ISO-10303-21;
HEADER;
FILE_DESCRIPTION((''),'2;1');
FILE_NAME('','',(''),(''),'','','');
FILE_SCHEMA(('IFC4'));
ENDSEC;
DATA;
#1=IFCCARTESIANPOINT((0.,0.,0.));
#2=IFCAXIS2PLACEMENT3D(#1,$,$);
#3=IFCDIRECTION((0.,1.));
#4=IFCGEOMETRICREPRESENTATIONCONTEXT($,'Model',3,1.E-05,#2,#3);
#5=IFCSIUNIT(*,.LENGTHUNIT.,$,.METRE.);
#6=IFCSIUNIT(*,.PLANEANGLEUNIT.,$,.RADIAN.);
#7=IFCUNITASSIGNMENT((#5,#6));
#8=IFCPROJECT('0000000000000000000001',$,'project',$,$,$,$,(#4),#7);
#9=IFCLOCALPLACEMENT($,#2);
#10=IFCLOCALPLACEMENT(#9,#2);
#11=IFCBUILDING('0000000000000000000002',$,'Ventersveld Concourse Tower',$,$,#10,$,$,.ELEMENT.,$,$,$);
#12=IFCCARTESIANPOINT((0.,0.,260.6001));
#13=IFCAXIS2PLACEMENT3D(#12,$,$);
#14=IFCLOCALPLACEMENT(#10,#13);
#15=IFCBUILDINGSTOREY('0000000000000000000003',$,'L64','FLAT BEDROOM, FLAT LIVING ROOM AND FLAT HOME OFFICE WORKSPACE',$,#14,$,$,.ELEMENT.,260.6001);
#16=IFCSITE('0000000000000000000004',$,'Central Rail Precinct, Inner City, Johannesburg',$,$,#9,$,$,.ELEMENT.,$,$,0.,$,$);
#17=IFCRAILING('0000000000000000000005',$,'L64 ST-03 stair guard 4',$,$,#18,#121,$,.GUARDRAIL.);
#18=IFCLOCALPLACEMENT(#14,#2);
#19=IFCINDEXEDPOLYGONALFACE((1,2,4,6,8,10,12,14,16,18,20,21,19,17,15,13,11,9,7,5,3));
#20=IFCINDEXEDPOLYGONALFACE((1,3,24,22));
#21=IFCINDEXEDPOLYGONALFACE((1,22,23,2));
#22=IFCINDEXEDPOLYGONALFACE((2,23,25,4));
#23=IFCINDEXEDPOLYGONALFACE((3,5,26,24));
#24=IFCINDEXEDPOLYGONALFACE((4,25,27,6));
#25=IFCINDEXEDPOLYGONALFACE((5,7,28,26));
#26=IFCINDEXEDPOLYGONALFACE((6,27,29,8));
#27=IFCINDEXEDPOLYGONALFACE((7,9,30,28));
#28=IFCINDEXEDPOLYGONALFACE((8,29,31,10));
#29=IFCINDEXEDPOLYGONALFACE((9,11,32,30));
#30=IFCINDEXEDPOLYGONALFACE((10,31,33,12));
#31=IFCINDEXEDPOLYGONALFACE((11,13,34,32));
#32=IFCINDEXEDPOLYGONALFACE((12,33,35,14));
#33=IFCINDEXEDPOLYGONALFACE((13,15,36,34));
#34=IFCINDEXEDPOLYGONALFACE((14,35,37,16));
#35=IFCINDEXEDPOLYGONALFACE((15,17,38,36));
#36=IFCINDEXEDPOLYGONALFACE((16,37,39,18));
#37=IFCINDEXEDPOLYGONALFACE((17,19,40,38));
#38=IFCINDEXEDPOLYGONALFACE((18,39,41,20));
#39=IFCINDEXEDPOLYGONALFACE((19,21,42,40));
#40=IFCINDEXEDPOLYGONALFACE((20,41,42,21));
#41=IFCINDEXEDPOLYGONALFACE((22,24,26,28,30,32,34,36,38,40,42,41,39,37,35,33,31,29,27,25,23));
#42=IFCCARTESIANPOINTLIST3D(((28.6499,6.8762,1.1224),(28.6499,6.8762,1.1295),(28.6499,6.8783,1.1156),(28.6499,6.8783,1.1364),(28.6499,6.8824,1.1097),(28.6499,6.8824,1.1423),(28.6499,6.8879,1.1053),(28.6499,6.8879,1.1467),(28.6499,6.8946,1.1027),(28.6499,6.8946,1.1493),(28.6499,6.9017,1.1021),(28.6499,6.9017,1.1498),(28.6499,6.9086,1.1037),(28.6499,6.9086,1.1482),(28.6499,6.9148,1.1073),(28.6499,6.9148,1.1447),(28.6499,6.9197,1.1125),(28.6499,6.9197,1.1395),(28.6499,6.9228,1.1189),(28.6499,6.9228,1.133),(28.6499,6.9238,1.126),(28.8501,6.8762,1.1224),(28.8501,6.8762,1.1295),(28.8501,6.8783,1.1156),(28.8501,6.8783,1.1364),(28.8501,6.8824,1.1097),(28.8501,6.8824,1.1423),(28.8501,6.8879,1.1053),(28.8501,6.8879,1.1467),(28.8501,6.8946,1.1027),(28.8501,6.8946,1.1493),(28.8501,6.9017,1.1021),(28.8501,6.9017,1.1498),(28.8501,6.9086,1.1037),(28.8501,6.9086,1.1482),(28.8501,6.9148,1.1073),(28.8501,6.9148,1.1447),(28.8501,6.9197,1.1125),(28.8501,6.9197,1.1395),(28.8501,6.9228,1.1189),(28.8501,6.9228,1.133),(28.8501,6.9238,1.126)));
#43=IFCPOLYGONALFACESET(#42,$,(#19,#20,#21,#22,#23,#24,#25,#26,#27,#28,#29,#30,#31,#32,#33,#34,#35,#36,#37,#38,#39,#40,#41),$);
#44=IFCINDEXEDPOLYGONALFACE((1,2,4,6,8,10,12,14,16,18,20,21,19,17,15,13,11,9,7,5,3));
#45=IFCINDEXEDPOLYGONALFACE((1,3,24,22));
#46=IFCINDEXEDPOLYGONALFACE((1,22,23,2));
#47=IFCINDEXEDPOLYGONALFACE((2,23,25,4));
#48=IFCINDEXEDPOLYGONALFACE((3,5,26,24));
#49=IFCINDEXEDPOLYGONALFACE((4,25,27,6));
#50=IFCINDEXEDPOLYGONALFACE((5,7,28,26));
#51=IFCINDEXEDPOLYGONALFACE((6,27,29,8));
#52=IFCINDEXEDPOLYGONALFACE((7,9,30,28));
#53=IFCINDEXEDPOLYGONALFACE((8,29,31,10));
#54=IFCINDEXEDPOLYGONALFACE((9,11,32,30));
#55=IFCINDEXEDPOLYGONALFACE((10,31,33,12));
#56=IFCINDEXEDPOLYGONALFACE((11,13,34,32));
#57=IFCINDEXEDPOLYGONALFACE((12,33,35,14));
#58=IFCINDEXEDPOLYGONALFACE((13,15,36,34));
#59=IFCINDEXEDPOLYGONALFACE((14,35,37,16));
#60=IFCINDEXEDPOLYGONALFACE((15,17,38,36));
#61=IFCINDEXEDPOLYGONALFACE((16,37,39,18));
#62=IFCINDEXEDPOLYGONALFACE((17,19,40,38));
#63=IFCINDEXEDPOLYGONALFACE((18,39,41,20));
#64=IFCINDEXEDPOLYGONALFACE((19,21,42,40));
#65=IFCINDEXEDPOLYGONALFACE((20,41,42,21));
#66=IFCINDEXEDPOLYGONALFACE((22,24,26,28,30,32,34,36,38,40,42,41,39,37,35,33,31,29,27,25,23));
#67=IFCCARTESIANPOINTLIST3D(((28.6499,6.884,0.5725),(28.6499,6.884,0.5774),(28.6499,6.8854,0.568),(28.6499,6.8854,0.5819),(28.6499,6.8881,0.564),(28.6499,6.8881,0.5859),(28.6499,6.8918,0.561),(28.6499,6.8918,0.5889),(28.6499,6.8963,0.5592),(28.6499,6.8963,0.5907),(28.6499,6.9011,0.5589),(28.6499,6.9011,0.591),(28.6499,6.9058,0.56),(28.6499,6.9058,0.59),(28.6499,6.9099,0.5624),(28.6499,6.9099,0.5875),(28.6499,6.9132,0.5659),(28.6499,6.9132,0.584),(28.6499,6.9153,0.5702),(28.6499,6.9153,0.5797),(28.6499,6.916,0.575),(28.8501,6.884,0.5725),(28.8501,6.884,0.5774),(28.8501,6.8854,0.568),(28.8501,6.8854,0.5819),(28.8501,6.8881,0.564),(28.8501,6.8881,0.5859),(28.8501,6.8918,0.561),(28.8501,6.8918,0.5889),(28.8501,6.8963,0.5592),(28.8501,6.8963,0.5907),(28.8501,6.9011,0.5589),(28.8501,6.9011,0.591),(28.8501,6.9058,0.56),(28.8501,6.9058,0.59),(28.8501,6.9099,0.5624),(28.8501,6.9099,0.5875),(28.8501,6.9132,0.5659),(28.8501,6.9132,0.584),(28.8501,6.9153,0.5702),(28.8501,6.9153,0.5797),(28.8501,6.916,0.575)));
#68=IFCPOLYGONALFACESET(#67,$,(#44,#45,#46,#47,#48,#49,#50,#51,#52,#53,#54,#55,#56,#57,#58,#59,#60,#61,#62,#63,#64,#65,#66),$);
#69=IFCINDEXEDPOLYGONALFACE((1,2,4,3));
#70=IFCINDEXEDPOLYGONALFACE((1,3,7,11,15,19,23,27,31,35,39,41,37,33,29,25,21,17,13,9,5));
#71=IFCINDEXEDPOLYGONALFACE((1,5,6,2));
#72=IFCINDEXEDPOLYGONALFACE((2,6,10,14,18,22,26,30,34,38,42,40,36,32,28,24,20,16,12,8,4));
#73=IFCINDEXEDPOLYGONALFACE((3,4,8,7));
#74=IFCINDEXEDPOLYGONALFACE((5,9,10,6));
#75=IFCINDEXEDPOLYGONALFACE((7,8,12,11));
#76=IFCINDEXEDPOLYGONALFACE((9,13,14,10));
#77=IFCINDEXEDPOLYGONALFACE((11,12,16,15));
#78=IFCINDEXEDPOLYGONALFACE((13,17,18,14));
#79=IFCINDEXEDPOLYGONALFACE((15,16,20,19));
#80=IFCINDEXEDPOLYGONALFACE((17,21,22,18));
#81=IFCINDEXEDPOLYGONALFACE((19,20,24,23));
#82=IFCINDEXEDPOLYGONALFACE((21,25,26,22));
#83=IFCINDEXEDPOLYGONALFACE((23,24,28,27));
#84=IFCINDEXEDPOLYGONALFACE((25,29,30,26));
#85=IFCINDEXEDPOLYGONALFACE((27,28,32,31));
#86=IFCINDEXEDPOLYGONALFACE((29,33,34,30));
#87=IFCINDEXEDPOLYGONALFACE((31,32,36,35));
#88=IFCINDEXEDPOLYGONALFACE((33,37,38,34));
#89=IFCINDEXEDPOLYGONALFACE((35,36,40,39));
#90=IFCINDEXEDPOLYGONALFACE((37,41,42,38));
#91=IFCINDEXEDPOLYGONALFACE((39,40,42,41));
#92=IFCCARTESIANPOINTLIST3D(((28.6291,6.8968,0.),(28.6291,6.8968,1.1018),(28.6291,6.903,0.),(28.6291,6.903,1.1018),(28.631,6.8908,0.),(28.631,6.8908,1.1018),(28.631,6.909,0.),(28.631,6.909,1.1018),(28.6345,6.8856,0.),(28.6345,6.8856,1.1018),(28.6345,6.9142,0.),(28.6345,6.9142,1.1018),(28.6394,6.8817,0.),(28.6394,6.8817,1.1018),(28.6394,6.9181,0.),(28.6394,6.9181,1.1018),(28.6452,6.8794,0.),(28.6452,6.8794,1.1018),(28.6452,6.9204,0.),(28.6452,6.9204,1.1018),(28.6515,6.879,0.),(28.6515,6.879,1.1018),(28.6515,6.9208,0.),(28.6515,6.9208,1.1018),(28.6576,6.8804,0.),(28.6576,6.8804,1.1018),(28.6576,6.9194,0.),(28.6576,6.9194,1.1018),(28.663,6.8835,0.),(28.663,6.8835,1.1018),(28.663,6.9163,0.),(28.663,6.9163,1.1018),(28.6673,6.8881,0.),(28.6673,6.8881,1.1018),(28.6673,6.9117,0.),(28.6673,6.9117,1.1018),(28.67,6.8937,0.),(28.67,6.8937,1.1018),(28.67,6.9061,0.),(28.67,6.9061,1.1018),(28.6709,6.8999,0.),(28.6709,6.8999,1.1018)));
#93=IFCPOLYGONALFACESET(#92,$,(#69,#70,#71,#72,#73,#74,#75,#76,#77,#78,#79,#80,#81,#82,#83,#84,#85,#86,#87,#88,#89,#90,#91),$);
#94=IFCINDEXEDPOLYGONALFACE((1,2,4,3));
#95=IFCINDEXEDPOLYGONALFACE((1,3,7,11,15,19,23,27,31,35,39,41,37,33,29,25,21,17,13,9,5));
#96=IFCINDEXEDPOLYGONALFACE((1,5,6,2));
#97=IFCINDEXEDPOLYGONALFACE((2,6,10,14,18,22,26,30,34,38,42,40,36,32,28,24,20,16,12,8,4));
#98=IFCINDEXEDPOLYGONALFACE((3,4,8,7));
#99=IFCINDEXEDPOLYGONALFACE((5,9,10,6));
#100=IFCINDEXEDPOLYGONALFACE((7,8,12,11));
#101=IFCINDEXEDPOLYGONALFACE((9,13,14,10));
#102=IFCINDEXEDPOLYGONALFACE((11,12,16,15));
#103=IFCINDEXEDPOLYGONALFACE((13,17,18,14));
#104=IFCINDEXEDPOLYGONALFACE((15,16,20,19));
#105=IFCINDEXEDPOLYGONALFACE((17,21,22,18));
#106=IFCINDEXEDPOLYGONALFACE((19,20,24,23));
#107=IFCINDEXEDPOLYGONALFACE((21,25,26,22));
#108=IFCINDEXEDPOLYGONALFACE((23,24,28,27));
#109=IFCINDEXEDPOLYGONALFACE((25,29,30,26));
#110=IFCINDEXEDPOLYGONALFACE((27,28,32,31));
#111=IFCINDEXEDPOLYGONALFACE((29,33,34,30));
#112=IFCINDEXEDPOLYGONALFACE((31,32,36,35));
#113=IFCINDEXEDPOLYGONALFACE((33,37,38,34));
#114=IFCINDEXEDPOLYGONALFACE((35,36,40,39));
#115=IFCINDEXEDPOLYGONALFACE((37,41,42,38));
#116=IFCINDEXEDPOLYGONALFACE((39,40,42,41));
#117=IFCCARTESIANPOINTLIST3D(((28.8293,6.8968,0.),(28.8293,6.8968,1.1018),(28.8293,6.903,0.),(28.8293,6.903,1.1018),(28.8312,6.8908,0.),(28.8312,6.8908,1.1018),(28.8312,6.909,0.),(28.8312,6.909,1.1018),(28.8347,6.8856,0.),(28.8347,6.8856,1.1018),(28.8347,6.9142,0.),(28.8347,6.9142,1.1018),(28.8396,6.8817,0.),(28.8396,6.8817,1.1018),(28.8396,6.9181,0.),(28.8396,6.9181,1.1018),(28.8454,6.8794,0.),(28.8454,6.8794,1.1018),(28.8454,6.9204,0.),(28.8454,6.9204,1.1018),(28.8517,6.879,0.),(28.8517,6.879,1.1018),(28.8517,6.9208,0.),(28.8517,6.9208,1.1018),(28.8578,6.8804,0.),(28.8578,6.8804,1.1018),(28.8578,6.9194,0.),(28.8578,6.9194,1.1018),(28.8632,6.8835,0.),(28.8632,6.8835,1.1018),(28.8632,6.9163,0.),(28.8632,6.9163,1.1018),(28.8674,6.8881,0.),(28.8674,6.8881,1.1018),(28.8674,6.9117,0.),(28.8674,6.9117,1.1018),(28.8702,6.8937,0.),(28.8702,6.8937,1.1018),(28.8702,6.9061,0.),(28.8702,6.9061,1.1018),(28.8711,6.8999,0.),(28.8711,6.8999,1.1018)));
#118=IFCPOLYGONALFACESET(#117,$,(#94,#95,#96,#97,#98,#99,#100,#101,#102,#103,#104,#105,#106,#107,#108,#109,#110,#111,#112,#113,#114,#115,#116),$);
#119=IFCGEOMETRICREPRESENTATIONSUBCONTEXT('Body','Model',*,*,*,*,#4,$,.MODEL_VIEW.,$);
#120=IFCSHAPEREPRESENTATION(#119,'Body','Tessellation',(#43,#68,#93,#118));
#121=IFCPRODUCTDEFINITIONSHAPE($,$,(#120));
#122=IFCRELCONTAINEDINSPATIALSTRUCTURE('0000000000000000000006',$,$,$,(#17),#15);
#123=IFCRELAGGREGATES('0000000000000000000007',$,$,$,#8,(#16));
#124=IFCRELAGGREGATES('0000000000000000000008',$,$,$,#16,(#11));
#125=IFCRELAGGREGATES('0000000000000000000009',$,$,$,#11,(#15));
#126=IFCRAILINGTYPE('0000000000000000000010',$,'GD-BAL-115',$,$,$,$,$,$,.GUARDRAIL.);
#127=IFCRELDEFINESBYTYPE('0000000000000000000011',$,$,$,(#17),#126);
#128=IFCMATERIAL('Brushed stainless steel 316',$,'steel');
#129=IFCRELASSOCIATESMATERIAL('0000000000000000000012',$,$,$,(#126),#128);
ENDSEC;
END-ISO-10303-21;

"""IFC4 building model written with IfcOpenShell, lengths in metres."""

from ifc_helpers import new_model, si_unit, direction, frame, origin, origin_2d, place, context, subcontext, project, spatial, circle, extrude, material, type_object, element, save


model = new_model("IFC4")

# Units and contexts
model_context = context("Model", 3, precision=1e-05, world=origin(), true_north=direction((0.0, 1.0)))
body_context = subcontext(model_context, "Body", "Model", "MODEL_VIEW")
ifc_project = project(units=[si_unit("LENGTHUNIT", "METRE"), si_unit("PLANEANGLEUNIT", "RADIAN")], contexts=[model_context])

# Site, building, storey
site_placement = place(None, origin())
site = spatial("IfcSite", under=ifc_project, at=site_placement, Name="Central Rail Precinct, Inner City, Johannesburg", CompositionType="ELEMENT", RefElevation=0.0)
building_placement = place(site_placement, origin())
building = spatial("IfcBuilding", under=site, at=building_placement, Name="Ventersveld Concourse Tower", CompositionType="ELEMENT")
storey_placement = place(building_placement, frame((0.0, 0.0, 260.6001)))
storey = spatial("IfcBuildingStorey", under=building, at=storey_placement, Name="L64", Description="FLAT BEDROOM, FLAT LIVING ROOM AND FLAT HOME OFFICE WORKSPACE", CompositionType="ELEMENT", Elevation=260.6001)

# Railing
ifc_material_1 = material(Name="Brushed stainless steel 316", Category="steel")
railing_type_1 = type_object("IfcRailingType", Name="GD-BAL-115", PredefinedType="GUARDRAIL", material=ifc_material_1)
railing_1_placement = place(storey_placement, frame((28.6499, 6.8999, 0.0)))
element("IfcRailing", 1, at=railing_1_placement, inside=storey, type_object=railing_type_1, Name="L64 ST-03 stair guard 4", PredefinedType="GUARDRAIL", context=body_context, shape_type="SweptSolid", body=[
    extrude(circle(Radius=0.0239, at=origin_2d()), frame((0.0, 0.0, 1.126), z_axis=(1.0, 0.0, 0.0), x_axis=(0.0, 1.0, 0.0)), (0.0, 0.0, 1.0), 0.2002),
    extrude(circle(Radius=0.0161, at=origin_2d()), frame((0.0, 0.0, 0.575), z_axis=(1.0, 0.0, 0.0), x_axis=(0.0, 1.0, 0.0)), (0.0, 0.0, 1.0), 0.2002),
    extrude(circle(Radius=0.021, at=origin_2d()), origin(), (0.0, 0.0, 1.0), 1.1018),
    extrude(circle(Radius=0.021, at=origin_2d()), frame((0.2002, 0.0, 0.0)), (0.0, 0.0, 1.0), 1.1018),
])

save(model, "model.ifc")
